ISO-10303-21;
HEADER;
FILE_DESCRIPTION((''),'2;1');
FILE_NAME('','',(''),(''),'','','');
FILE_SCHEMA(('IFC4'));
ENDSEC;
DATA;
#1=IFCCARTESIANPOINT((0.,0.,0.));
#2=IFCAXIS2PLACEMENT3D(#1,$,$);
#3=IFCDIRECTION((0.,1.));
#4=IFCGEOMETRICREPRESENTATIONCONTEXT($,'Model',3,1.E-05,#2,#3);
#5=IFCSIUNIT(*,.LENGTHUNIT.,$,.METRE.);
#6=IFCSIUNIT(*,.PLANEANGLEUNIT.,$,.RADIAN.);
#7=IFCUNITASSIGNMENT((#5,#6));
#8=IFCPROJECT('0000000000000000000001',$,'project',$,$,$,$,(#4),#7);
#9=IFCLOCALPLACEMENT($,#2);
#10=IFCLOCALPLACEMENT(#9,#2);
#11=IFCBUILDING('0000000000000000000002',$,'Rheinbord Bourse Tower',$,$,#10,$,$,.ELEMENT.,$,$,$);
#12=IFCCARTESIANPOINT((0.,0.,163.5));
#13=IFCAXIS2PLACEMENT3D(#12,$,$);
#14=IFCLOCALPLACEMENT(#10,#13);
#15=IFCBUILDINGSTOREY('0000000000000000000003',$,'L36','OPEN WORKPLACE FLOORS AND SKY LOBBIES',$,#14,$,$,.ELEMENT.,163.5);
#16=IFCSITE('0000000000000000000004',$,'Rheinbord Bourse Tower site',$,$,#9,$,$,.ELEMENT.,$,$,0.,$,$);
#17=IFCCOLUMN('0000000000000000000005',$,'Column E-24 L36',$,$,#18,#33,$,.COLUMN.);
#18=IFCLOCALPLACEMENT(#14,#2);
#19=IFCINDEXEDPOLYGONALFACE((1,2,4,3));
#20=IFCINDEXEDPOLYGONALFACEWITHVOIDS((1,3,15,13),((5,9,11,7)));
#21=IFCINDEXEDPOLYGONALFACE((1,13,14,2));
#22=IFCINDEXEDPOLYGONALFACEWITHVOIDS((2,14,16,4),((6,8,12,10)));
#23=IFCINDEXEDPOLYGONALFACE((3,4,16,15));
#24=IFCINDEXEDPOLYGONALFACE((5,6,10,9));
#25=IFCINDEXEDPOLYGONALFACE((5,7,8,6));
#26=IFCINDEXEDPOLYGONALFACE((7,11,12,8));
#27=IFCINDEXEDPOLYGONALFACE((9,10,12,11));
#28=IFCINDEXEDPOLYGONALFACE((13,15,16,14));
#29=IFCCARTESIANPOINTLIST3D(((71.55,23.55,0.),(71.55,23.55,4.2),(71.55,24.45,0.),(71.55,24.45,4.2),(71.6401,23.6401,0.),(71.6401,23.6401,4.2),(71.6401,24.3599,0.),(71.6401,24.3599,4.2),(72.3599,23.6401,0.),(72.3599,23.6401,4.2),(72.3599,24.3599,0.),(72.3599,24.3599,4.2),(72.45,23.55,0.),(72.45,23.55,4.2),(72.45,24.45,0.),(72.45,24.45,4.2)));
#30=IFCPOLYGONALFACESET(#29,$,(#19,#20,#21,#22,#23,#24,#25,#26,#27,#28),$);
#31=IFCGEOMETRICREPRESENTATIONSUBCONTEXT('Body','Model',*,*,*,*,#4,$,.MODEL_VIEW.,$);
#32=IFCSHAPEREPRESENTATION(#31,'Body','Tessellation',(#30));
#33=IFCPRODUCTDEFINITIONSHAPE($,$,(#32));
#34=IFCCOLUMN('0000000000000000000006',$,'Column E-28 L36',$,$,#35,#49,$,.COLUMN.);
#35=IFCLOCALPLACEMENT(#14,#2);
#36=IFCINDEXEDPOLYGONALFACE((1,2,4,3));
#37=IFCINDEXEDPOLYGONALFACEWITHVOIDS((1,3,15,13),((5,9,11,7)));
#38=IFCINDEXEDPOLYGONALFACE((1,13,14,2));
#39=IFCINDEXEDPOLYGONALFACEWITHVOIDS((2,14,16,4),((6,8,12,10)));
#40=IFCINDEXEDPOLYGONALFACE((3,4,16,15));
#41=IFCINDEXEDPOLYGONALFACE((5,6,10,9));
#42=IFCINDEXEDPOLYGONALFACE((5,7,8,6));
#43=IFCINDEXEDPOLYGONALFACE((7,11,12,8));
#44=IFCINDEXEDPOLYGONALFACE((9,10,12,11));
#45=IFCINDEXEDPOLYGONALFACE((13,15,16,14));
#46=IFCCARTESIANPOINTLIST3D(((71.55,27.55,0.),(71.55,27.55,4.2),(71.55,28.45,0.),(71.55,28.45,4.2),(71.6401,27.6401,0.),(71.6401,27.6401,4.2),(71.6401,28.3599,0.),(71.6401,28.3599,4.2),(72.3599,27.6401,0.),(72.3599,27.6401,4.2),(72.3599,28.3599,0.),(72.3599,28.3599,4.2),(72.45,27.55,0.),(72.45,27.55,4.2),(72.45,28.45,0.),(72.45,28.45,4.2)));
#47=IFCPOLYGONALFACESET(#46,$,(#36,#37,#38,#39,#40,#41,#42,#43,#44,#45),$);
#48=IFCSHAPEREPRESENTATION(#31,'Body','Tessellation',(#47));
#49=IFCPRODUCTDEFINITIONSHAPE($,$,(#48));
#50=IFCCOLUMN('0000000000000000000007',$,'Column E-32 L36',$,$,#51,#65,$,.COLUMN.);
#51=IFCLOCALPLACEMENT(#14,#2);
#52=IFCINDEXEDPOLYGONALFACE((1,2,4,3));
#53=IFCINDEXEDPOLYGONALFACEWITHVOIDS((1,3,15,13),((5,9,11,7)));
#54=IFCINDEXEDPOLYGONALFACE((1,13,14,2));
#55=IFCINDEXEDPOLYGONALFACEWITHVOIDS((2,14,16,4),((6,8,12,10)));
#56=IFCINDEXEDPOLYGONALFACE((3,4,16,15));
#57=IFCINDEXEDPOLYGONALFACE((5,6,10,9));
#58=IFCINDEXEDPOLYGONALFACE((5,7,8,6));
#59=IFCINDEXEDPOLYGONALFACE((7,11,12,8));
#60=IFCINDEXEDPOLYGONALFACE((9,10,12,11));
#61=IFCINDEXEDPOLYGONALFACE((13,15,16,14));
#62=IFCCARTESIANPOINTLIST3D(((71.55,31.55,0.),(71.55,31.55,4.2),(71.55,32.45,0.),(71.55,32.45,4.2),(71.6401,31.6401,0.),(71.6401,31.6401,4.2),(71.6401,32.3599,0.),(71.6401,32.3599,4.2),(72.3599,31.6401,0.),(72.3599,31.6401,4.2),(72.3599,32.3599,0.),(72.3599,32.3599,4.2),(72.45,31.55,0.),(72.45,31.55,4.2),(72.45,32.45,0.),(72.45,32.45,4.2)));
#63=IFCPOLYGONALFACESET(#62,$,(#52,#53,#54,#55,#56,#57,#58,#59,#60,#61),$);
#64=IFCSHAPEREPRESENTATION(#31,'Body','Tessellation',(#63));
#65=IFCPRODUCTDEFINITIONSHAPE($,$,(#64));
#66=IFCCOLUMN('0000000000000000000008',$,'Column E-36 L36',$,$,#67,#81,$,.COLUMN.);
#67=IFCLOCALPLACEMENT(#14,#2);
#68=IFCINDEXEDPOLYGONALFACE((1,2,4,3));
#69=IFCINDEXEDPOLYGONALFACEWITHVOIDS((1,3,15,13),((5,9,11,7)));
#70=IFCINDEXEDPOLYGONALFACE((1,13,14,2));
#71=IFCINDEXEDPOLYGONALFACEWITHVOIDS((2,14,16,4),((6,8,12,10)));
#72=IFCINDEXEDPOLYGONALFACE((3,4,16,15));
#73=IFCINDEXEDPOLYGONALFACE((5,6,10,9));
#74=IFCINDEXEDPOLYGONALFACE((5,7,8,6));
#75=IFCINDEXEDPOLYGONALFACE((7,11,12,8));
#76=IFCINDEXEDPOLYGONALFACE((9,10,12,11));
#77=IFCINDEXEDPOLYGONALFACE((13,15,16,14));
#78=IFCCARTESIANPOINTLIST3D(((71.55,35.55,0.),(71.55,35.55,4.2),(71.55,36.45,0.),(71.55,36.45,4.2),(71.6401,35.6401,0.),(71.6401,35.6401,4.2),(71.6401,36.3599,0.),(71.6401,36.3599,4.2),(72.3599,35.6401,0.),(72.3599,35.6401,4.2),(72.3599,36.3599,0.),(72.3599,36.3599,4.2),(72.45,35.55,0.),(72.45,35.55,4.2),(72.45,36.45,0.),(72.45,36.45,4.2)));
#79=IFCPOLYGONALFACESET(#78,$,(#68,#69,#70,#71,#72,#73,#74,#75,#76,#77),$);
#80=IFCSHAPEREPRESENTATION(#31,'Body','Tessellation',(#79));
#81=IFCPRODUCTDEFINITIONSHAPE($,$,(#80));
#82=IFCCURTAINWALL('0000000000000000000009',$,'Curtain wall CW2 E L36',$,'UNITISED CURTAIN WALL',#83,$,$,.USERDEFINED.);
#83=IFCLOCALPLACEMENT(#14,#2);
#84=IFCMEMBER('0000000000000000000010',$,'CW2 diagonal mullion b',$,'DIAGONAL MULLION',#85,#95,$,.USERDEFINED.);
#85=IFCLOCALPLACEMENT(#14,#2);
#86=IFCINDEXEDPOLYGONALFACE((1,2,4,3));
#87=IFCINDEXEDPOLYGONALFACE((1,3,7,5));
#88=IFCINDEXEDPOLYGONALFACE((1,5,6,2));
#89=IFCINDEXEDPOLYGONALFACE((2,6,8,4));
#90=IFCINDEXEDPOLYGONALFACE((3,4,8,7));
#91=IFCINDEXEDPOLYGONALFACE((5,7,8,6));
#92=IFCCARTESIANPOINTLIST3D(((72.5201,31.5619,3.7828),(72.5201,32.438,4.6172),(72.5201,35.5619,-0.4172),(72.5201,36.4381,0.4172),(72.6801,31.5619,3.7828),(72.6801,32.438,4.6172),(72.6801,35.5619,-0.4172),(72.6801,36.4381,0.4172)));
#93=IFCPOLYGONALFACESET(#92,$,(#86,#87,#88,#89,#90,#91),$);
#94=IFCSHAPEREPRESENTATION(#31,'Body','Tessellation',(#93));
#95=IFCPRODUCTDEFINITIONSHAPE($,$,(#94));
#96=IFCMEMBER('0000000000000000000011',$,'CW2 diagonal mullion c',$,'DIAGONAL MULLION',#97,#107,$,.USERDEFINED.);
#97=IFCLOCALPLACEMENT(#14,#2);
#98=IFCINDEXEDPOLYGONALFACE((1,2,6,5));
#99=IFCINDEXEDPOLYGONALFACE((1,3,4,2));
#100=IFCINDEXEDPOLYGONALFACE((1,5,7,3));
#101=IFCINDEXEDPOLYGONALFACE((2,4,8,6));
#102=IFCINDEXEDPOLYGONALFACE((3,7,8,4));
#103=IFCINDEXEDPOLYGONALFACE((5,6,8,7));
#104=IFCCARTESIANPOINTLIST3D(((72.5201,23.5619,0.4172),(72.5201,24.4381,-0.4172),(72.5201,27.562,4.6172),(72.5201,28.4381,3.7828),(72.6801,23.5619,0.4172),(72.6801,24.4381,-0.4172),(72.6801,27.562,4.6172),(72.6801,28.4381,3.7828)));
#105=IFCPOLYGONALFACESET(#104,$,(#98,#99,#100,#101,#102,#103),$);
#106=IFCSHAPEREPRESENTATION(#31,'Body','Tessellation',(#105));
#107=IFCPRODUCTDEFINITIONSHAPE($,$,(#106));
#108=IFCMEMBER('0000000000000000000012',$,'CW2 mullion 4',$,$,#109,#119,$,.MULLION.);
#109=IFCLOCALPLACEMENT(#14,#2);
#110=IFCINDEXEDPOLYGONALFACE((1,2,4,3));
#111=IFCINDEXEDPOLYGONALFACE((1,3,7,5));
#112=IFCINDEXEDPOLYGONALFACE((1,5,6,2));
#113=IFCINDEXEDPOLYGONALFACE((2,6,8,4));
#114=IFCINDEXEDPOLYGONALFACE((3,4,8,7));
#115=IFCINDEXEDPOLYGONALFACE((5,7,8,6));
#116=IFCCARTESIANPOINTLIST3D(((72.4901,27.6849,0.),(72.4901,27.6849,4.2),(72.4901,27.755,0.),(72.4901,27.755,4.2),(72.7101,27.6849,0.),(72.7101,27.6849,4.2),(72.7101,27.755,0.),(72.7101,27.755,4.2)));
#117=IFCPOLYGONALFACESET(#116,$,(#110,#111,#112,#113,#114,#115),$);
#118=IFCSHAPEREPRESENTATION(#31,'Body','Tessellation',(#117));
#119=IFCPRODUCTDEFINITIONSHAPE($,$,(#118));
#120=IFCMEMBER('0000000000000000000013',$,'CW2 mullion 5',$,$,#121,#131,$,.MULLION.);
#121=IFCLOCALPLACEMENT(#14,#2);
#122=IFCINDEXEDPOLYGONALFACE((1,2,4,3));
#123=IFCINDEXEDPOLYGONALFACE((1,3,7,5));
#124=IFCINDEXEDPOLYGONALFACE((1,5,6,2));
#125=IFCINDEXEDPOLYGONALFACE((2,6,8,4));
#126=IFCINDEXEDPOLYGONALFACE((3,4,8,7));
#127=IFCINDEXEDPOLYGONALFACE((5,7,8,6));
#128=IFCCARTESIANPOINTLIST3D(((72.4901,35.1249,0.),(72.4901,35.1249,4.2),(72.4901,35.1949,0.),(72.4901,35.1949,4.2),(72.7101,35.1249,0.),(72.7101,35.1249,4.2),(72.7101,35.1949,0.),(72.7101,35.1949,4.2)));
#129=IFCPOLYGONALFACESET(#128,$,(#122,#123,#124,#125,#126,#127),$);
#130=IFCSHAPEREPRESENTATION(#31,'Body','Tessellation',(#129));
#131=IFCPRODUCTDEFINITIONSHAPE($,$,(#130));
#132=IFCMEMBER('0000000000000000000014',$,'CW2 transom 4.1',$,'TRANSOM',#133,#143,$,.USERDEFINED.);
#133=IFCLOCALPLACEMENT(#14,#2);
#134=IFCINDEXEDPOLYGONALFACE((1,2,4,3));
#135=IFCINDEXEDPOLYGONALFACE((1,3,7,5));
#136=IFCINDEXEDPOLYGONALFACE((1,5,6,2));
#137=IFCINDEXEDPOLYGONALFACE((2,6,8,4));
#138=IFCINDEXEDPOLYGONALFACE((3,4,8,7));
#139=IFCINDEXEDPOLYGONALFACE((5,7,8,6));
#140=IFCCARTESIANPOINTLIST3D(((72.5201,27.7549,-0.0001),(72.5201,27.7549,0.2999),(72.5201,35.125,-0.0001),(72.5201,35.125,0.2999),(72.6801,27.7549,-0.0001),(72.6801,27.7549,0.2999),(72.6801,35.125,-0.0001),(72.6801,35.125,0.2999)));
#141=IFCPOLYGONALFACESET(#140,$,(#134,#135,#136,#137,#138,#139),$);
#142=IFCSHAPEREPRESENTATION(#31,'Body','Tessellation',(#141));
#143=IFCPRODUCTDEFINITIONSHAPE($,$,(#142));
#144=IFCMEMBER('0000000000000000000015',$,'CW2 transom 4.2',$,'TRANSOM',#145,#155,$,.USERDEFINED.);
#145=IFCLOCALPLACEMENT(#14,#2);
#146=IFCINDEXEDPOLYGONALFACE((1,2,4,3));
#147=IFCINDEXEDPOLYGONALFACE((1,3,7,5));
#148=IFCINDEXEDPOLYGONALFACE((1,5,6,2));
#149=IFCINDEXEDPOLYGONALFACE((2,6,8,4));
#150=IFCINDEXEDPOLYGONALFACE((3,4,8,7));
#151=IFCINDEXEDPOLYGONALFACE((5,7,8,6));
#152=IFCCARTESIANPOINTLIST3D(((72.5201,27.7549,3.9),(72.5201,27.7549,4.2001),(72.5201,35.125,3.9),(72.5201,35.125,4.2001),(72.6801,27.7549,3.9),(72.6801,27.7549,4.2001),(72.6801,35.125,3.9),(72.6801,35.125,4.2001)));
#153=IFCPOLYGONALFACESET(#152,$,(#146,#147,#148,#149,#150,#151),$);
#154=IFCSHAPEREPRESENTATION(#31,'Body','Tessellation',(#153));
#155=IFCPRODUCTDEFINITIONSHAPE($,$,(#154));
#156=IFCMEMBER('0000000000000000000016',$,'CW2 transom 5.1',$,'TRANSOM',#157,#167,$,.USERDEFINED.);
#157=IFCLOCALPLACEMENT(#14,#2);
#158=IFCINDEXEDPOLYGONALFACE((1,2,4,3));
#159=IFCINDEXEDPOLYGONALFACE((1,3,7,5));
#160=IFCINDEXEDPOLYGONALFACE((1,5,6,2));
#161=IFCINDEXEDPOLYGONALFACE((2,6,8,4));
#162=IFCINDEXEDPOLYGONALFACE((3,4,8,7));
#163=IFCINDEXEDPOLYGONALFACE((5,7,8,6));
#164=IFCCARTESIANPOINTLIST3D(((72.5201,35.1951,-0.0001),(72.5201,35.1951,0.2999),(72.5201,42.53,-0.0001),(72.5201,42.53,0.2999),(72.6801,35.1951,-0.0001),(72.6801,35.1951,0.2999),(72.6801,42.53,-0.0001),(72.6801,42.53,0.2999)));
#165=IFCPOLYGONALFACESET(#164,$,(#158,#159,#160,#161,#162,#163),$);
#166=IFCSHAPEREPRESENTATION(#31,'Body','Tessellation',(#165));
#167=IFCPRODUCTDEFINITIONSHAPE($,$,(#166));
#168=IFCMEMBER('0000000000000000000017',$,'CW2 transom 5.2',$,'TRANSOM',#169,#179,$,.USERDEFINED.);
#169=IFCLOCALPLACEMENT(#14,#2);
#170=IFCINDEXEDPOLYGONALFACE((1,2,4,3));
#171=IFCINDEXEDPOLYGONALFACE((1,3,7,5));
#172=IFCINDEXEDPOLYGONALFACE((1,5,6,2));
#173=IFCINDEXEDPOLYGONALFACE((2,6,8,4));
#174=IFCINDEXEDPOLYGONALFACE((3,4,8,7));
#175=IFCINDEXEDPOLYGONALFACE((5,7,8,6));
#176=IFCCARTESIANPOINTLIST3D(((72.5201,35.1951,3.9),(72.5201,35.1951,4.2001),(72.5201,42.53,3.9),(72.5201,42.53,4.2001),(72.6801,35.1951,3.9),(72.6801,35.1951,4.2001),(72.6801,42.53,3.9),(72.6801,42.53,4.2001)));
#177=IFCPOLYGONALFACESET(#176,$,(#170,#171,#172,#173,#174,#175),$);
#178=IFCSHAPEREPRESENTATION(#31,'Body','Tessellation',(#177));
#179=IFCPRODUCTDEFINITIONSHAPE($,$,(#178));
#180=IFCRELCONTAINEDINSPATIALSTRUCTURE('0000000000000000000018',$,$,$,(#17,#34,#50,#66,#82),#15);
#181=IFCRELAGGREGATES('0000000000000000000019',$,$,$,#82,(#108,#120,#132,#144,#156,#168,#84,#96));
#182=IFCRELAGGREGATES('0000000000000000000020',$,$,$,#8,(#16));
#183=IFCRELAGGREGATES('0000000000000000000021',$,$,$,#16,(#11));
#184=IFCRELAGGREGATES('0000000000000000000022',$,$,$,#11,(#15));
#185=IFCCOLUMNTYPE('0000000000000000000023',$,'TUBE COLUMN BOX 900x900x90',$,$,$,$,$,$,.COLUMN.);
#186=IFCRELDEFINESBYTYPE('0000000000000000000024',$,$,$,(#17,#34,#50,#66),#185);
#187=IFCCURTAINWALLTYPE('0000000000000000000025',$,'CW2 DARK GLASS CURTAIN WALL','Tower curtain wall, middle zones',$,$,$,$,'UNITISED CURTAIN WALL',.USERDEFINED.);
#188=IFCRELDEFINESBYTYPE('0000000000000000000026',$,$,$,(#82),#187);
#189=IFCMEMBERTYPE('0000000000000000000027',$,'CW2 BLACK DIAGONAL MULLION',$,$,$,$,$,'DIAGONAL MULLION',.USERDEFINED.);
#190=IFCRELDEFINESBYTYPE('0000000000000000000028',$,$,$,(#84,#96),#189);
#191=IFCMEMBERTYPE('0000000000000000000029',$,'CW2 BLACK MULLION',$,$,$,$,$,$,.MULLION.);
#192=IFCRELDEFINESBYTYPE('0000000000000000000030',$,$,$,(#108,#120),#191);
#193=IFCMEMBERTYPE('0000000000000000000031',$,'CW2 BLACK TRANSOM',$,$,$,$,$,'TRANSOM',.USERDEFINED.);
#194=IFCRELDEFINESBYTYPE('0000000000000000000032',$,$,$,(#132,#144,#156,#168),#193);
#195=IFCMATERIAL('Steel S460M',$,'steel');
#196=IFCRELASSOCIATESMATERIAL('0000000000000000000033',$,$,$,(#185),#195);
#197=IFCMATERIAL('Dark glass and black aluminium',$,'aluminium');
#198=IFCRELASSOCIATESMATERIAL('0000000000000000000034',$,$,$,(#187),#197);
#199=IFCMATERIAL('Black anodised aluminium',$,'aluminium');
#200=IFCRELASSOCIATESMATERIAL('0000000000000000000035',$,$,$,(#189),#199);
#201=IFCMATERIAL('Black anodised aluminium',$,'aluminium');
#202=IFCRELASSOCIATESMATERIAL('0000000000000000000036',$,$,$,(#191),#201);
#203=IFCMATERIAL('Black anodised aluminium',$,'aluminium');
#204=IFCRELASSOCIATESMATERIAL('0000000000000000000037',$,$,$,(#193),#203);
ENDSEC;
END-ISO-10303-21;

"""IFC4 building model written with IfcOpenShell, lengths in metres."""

from ifc_helpers import new_model, si_unit, direction, frame, origin, origin_2d, place, context, subcontext, project, spatial, rectangle, hollow_rectangle, extrude, material, material_profile, profile_set, type_object, element, aggregate, save


model = new_model("IFC4")

# Units and contexts
model_context = context("Model", 3, precision=1e-05, world=origin(), true_north=direction((0.0, 1.0)))
body_context = subcontext(model_context, "Body", "Model", "MODEL_VIEW")
ifc_project = project(units=[si_unit("LENGTHUNIT", "METRE"), si_unit("PLANEANGLEUNIT", "RADIAN")], contexts=[model_context])

# Site, building, storey
site_placement = place(None, origin())
site = spatial("IfcSite", under=ifc_project, at=site_placement, Name="Rheinbord Bourse Tower site", CompositionType="ELEMENT", RefElevation=0.0)
building_placement = place(site_placement, origin())
building = spatial("IfcBuilding", under=site, at=building_placement, Name="Rheinbord Bourse Tower", CompositionType="ELEMENT")
storey_placement = place(building_placement, frame((0.0, 0.0, 163.5)))
storey = spatial("IfcBuildingStorey", under=building, at=storey_placement, Name="L36", Description="OPEN WORKPLACE FLOORS AND SKY LOBBIES", CompositionType="ELEMENT", Elevation=163.5)

# Columns
ifc_material_1 = material(Name="Steel S460M", Category="steel")
ifc_material_profile_1 = material_profile(ifc_material_1, hollow_rectangle(XDim=0.8999, YDim=0.8999, WallThickness=0.0901, at=origin_2d()), Name="BOX 900x900x90")
ifc_profile_set_1 = profile_set([ifc_material_profile_1], Name="Steel S460M")
column_type = type_object("IfcColumnType", Name="TUBE COLUMN BOX 900x900x90", PredefinedType="COLUMN", material=ifc_profile_set_1)
for number, where, z_axis, x_axis, name in (
    (1, (72.0, 24.0, 0.0), (0.0, 0.0, 1.0), (1.0, 0.0, 0.0), "Column E-24 L36"),
    (2, (72.0, 28.0, 0.0), (0.0, 0.0, 1.0), (1.0, 0.0, 0.0), "Column E-28 L36"),
    (3, (72.0, 32.0, 0.0), (0.0, 0.0, 1.0), (1.0, 0.0, 0.0), "Column E-32 L36"),
    (4, (72.0, 36.0, 0.0), (0.0, 0.0, 1.0), (1.0, 0.0, 0.0), "Column E-36 L36"),
):
    element("IfcColumn", number, at=place(storey_placement, frame(where, z_axis=z_axis, x_axis=x_axis)), inside=storey, type_object=column_type, Name=name, PredefinedType="COLUMN", context=body_context, shape_type="SweptSolid", body=[
        extrude(hollow_rectangle(XDim=0.8999, YDim=0.8999, WallThickness=0.0901, at=origin_2d()), origin(), (0.0, 0.0, 1.0), 4.2),
    ])

# Curtain wall, members
ifc_material_2 = material(Name="Dark glass and black aluminium", Category="aluminium")
curtain_wall_type = type_object("IfcCurtainWallType", Name="CW2 DARK GLASS CURTAIN WALL", Description="Tower curtain wall, middle zones", ElementType="UNITISED CURTAIN WALL", PredefinedType="USERDEFINED", material=ifc_material_2)
curtain_wall_placement = place(storey_placement, origin())
curtain_wall = element("IfcCurtainWall", 5, at=curtain_wall_placement, inside=storey, type_object=curtain_wall_type, Name="Curtain wall CW2 E L36", ObjectType="UNITISED CURTAIN WALL", PredefinedType="USERDEFINED")
ifc_material_3 = material(Name="Black anodised aluminium", Category="aluminium")
ifc_material_profile_2 = material_profile(ifc_material_3, rectangle(XDim=0.1599, YDim=1.21, at=origin_2d()), Name="CW2 DIAGONAL MULLION 1210x160")
ifc_profile_set_2 = profile_set([ifc_material_profile_2], Name="Black anodised aluminium")
member_type_1 = type_object("IfcMemberType", Name="CW2 BLACK DIAGONAL MULLION", ElementType="DIAGONAL MULLION", PredefinedType="USERDEFINED", material=ifc_profile_set_2)
member_1_placement = place(storey_placement, frame((72.6001, 36.0, 0.0), z_axis=(0.0, -0.689659, 0.724134), x_axis=(1.0, 0.0, 0.0)))
member_1 = element("IfcMember", 6, at=member_1_placement, type_object=member_type_1, Name="CW2 diagonal mullion b", ObjectType="DIAGONAL MULLION", PredefinedType="USERDEFINED", context=body_context, shape_type="SweptSolid", body=[
    extrude(rectangle(XDim=0.1599, YDim=1.21, at=origin_2d()), origin(), (0.0, 0.0, 1.0), 5.8),
])
member_2_placement = place(storey_placement, frame((72.6001, 24.0, 0.0), z_axis=(0.0, 0.689659, 0.724134), x_axis=(-1.0, 0.0, 0.0)))
member_2 = element("IfcMember", 7, at=member_2_placement, type_object=member_type_1, Name="CW2 diagonal mullion c", ObjectType="DIAGONAL MULLION", PredefinedType="USERDEFINED", context=body_context, shape_type="SweptSolid", body=[
    extrude(rectangle(XDim=0.1599, YDim=1.21, at=origin_2d()), origin(), (0.0, 0.0, 1.0), 5.8),
])
ifc_material_4 = material(Name="Black anodised aluminium", Category="aluminium")
ifc_material_profile_3 = material_profile(ifc_material_4, rectangle(XDim=0.22, YDim=0.0701, at=origin_2d()), Name="CW2 MULLION 70x220")
ifc_profile_set_3 = profile_set([ifc_material_profile_3], Name="Black anodised aluminium")
member_type_2 = type_object("IfcMemberType", Name="CW2 BLACK MULLION", PredefinedType="MULLION", material=ifc_profile_set_3)
member_3_placement = place(storey_placement, frame((72.6001, 27.72, 0.0), z_axis=(0.0, 0.0, 1.0), x_axis=(-1.0, 0.0, 0.0)))
member_3 = element("IfcMember", 8, at=member_3_placement, type_object=member_type_2, Name="CW2 mullion 4", PredefinedType="MULLION", context=body_context, shape_type="SweptSolid", body=[
    extrude(rectangle(XDim=0.22, YDim=0.0701, at=origin_2d()), origin(), (0.0, 0.0, 1.0), 4.2),
])
member_4_placement = place(storey_placement, frame((72.6001, 35.1599, 0.0), z_axis=(0.0, 0.0, 1.0), x_axis=(-1.0, 0.0, 0.0)))
member_4 = element("IfcMember", 9, at=member_4_placement, type_object=member_type_2, Name="CW2 mullion 5", PredefinedType="MULLION", context=body_context, shape_type="SweptSolid", body=[
    extrude(rectangle(XDim=0.22, YDim=0.0701, at=origin_2d()), origin(), (0.0, 0.0, 1.0), 4.2),
])
ifc_material_5 = material(Name="Black anodised aluminium", Category="aluminium")
ifc_material_profile_4 = material_profile(ifc_material_5, rectangle(XDim=0.1599, YDim=0.3, at=origin_2d()), Name="CW2 TRANSOM 300x160")
ifc_profile_set_4 = profile_set([ifc_material_profile_4], Name="Black anodised aluminium")
member_type_3 = type_object("IfcMemberType", Name="CW2 BLACK TRANSOM", ElementType="TRANSOM", PredefinedType="USERDEFINED", material=ifc_profile_set_4)
member_5_placement = place(storey_placement, frame((72.6001, 27.7549, 0.1499), z_axis=(0.0, 1.0, 0.0), x_axis=(-1.0, 0.0, 0.0)))
member_5 = element("IfcMember", 10, at=member_5_placement, type_object=member_type_3, Name="CW2 transom 4.1", ObjectType="TRANSOM", PredefinedType="USERDEFINED", context=body_context, shape_type="SweptSolid", body=[
    extrude(rectangle(XDim=0.1599, YDim=0.3, at=origin_2d()), origin(), (0.0, 0.0, 1.0), 7.3701),
])
member_6_placement = place(storey_placement, frame((72.6001, 27.7549, 4.05), z_axis=(0.0, 1.0, 0.0), x_axis=(-1.0, 0.0, 0.0)))
member_6 = element("IfcMember", 11, at=member_6_placement, type_object=member_type_3, Name="CW2 transom 4.2", ObjectType="TRANSOM", PredefinedType="USERDEFINED", context=body_context, shape_type="SweptSolid", body=[
    extrude(rectangle(XDim=0.1599, YDim=0.3, at=origin_2d()), origin(), (0.0, 0.0, 1.0), 7.3701),
])
member_7_placement = place(storey_placement, frame((72.6001, 35.1951, 0.1499), z_axis=(0.0, 1.0, 0.0), x_axis=(-1.0, 0.0, 0.0)))
member_7 = element("IfcMember", 12, at=member_7_placement, type_object=member_type_3, Name="CW2 transom 5.1", ObjectType="TRANSOM", PredefinedType="USERDEFINED", context=body_context, shape_type="SweptSolid", body=[
    extrude(rectangle(XDim=0.1599, YDim=0.3, at=origin_2d()), origin(), (0.0, 0.0, 1.0), 7.335),
])
member_8_placement = place(storey_placement, frame((72.6001, 35.1951, 4.05), z_axis=(0.0, 1.0, 0.0), x_axis=(-1.0, 0.0, 0.0)))
member_8 = element("IfcMember", 13, at=member_8_placement, type_object=member_type_3, Name="CW2 transom 5.2", ObjectType="TRANSOM", PredefinedType="USERDEFINED", context=body_context, shape_type="SweptSolid", body=[
    extrude(rectangle(XDim=0.1599, YDim=0.3, at=origin_2d()), origin(), (0.0, 0.0, 1.0), 7.335),
])

aggregate(curtain_wall, [member_3, member_4, member_5, member_6, member_7, member_8, member_1, member_2])

save(model, "model.ifc")
